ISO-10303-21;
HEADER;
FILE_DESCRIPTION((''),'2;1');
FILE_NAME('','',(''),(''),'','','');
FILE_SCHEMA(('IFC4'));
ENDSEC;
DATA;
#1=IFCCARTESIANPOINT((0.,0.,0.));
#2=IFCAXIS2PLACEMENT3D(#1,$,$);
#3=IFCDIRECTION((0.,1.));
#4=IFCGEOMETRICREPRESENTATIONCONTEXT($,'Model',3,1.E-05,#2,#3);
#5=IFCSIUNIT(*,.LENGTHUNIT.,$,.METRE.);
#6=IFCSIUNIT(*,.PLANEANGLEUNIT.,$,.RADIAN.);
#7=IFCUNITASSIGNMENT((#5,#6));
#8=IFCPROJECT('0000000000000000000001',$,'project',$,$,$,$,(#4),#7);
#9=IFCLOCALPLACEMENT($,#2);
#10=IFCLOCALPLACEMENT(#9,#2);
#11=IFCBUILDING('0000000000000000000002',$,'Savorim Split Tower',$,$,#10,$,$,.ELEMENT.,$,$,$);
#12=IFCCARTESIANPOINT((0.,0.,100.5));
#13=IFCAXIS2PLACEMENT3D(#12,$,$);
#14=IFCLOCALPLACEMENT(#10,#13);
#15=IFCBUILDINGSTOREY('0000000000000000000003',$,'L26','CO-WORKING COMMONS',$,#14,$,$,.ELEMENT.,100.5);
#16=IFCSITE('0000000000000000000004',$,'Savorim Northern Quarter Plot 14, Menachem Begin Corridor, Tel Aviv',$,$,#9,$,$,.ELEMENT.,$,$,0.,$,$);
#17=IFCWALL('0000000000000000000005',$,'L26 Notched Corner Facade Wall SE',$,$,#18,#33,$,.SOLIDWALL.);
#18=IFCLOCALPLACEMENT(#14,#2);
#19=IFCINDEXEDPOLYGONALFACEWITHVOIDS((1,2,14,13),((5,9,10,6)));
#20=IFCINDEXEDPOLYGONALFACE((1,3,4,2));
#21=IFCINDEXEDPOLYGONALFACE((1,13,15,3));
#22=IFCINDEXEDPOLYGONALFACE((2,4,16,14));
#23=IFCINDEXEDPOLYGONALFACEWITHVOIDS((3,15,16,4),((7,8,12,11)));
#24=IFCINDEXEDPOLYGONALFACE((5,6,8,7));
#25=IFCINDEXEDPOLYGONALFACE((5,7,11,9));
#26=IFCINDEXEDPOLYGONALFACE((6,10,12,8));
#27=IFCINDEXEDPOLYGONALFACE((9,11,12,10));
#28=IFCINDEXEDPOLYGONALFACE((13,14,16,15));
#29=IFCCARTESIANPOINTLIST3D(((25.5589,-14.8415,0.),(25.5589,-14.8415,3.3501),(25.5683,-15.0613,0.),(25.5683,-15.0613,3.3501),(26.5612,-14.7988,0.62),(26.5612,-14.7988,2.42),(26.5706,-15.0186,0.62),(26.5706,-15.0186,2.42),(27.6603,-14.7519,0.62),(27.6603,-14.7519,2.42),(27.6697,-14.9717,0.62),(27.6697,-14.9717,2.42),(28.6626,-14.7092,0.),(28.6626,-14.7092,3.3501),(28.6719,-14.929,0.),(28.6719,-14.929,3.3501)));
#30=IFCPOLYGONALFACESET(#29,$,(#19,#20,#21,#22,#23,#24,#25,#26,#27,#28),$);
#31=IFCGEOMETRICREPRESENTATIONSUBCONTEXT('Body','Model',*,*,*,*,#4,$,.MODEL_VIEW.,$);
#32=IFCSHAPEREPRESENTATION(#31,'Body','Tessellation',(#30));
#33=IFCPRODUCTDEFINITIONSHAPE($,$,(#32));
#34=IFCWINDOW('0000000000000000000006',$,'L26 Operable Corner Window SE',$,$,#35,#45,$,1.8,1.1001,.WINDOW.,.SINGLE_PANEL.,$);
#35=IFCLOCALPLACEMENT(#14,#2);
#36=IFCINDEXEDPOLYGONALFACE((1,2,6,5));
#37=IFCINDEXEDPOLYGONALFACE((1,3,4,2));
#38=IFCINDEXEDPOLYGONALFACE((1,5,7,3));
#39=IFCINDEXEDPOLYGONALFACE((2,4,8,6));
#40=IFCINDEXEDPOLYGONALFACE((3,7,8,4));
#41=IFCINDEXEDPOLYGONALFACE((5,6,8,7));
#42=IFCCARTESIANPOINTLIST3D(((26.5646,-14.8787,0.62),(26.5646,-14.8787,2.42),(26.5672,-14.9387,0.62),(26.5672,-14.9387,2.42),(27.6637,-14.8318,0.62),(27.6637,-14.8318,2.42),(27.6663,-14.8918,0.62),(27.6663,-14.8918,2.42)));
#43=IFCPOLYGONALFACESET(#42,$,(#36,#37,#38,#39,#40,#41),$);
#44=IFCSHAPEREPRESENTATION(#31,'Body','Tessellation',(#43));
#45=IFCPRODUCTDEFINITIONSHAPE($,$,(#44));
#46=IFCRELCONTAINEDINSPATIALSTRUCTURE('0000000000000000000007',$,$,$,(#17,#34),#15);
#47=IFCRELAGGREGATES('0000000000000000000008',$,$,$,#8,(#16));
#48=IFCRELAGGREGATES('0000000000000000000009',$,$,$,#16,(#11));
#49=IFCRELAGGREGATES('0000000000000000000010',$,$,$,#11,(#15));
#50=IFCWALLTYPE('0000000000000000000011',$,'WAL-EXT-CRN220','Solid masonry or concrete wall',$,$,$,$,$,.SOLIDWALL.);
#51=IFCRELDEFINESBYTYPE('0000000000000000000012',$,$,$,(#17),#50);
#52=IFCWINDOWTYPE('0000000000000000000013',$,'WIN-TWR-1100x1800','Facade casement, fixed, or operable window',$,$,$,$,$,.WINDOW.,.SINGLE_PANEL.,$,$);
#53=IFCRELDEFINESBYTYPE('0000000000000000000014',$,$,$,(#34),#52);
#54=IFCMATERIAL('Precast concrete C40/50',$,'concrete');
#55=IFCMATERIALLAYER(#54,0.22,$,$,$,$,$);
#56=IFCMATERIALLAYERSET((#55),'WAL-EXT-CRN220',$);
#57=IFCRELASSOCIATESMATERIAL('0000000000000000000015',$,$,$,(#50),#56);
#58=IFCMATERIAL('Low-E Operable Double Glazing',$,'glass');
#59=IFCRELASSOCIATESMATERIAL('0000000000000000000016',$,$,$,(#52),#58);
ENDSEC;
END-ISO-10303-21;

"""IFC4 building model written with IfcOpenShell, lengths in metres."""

from ifc_helpers import new_model, si_unit, direction, frame, frame_2d, origin, place, context, subcontext, project, spatial, rectangle, extrude, material, layer, layer_set, type_object, element, fill, save


model = new_model("IFC4")

# Units and contexts
model_context = context("Model", 3, precision=1e-05, world=origin(), true_north=direction((0.0, 1.0)))
body_context = subcontext(model_context, "Body", "Model", "MODEL_VIEW")
ifc_project = project(units=[si_unit("LENGTHUNIT", "METRE"), si_unit("PLANEANGLEUNIT", "RADIAN")], contexts=[model_context])

# Site, building, storey
site_placement = place(None, origin())
site = spatial("IfcSite", under=ifc_project, at=site_placement, Name="Savorim Northern Quarter Plot 14, Menachem Begin Corridor, Tel Aviv", CompositionType="ELEMENT", RefElevation=0.0)
building_placement = place(site_placement, origin())
building = spatial("IfcBuilding", under=site, at=building_placement, Name="Savorim Split Tower", CompositionType="ELEMENT")
storey_placement = place(building_placement, frame((0.0, 0.0, 100.5)))
storey = spatial("IfcBuildingStorey", under=building, at=storey_placement, Name="L26", Description="CO-WORKING COMMONS", CompositionType="ELEMENT", Elevation=100.5)

# Shared definitions
ifc_material_1 = material(Name="Precast concrete C40/50", Category="concrete")
ifc_layer_1 = layer(ifc_material_1, 0.22)
ifc_layer_set_1 = layer_set([ifc_layer_1], Name="WAL-EXT-CRN220")
wall_type = type_object("IfcWallType", Name="WAL-EXT-CRN220", Description="Solid masonry or concrete wall", PredefinedType="SOLIDWALL", material=ifc_layer_set_1)

# Wall, opening, window
wall_1_placement = place(storey_placement, frame((28.6672, -14.8191, 0.0), z_axis=(0.0, 0.0, 1.0), x_axis=(-0.999092, -0.042598, 0.0)))
wall_1 = element("IfcWall", 1, at=wall_1_placement, inside=storey, type_object=wall_type, Name="L26 Notched Corner Facade Wall SE", PredefinedType="SOLIDWALL", context=body_context, shape_type="SweptSolid", body=[
    extrude(rectangle(XDim=3.1064, YDim=0.22, at=frame_2d((1.5532, 0.0))), origin(), (0.0, 0.0, 1.0), 3.3501),
])
opening_placement = place(wall_1_placement, frame((1.0032, 0.0, 0.6201)))
opening = element("IfcOpeningElement", 2, at=opening_placement, cuts=wall_1, PredefinedType="OPENING", context=body_context, shape_type="SweptSolid", body=[
    extrude(rectangle(XDim=1.1001, YDim=1.8, at=frame_2d((0.55, 0.8999))), frame((0.0, 0.1199, 0.0), z_axis=(0.0, -1.0, 0.0), x_axis=(1.0, 0.0, 0.0)), (0.0, 0.0, 1.0), 0.24),
])
ifc_material_2 = material(Name="Low-E Operable Double Glazing", Category="glass")
window_type = type_object("IfcWindowType", Name="WIN-TWR-1100x1800", Description="Facade casement, fixed, or operable window", PartitioningType="SINGLE_PANEL", PredefinedType="WINDOW", material=ifc_material_2)
window_placement = place(opening_placement, origin())
window = element("IfcWindow", 3, at=window_placement, inside=storey, type_object=window_type, Name="L26 Operable Corner Window SE", OverallHeight=1.8, OverallWidth=1.1001, PartitioningType="SINGLE_PANEL", PredefinedType="WINDOW", context=body_context, shape_type="SweptSolid", body=[
    extrude(rectangle(XDim=1.1001, YDim=1.8, at=frame_2d((0.55, 0.8999))), frame((0.0, 0.03, 0.0), z_axis=(0.0, -1.0, 0.0), x_axis=(1.0, 0.0, 0.0)), (0.0, 0.0, 1.0), 0.0601),
])
fill(opening, window)

save(model, "model.ifc")
